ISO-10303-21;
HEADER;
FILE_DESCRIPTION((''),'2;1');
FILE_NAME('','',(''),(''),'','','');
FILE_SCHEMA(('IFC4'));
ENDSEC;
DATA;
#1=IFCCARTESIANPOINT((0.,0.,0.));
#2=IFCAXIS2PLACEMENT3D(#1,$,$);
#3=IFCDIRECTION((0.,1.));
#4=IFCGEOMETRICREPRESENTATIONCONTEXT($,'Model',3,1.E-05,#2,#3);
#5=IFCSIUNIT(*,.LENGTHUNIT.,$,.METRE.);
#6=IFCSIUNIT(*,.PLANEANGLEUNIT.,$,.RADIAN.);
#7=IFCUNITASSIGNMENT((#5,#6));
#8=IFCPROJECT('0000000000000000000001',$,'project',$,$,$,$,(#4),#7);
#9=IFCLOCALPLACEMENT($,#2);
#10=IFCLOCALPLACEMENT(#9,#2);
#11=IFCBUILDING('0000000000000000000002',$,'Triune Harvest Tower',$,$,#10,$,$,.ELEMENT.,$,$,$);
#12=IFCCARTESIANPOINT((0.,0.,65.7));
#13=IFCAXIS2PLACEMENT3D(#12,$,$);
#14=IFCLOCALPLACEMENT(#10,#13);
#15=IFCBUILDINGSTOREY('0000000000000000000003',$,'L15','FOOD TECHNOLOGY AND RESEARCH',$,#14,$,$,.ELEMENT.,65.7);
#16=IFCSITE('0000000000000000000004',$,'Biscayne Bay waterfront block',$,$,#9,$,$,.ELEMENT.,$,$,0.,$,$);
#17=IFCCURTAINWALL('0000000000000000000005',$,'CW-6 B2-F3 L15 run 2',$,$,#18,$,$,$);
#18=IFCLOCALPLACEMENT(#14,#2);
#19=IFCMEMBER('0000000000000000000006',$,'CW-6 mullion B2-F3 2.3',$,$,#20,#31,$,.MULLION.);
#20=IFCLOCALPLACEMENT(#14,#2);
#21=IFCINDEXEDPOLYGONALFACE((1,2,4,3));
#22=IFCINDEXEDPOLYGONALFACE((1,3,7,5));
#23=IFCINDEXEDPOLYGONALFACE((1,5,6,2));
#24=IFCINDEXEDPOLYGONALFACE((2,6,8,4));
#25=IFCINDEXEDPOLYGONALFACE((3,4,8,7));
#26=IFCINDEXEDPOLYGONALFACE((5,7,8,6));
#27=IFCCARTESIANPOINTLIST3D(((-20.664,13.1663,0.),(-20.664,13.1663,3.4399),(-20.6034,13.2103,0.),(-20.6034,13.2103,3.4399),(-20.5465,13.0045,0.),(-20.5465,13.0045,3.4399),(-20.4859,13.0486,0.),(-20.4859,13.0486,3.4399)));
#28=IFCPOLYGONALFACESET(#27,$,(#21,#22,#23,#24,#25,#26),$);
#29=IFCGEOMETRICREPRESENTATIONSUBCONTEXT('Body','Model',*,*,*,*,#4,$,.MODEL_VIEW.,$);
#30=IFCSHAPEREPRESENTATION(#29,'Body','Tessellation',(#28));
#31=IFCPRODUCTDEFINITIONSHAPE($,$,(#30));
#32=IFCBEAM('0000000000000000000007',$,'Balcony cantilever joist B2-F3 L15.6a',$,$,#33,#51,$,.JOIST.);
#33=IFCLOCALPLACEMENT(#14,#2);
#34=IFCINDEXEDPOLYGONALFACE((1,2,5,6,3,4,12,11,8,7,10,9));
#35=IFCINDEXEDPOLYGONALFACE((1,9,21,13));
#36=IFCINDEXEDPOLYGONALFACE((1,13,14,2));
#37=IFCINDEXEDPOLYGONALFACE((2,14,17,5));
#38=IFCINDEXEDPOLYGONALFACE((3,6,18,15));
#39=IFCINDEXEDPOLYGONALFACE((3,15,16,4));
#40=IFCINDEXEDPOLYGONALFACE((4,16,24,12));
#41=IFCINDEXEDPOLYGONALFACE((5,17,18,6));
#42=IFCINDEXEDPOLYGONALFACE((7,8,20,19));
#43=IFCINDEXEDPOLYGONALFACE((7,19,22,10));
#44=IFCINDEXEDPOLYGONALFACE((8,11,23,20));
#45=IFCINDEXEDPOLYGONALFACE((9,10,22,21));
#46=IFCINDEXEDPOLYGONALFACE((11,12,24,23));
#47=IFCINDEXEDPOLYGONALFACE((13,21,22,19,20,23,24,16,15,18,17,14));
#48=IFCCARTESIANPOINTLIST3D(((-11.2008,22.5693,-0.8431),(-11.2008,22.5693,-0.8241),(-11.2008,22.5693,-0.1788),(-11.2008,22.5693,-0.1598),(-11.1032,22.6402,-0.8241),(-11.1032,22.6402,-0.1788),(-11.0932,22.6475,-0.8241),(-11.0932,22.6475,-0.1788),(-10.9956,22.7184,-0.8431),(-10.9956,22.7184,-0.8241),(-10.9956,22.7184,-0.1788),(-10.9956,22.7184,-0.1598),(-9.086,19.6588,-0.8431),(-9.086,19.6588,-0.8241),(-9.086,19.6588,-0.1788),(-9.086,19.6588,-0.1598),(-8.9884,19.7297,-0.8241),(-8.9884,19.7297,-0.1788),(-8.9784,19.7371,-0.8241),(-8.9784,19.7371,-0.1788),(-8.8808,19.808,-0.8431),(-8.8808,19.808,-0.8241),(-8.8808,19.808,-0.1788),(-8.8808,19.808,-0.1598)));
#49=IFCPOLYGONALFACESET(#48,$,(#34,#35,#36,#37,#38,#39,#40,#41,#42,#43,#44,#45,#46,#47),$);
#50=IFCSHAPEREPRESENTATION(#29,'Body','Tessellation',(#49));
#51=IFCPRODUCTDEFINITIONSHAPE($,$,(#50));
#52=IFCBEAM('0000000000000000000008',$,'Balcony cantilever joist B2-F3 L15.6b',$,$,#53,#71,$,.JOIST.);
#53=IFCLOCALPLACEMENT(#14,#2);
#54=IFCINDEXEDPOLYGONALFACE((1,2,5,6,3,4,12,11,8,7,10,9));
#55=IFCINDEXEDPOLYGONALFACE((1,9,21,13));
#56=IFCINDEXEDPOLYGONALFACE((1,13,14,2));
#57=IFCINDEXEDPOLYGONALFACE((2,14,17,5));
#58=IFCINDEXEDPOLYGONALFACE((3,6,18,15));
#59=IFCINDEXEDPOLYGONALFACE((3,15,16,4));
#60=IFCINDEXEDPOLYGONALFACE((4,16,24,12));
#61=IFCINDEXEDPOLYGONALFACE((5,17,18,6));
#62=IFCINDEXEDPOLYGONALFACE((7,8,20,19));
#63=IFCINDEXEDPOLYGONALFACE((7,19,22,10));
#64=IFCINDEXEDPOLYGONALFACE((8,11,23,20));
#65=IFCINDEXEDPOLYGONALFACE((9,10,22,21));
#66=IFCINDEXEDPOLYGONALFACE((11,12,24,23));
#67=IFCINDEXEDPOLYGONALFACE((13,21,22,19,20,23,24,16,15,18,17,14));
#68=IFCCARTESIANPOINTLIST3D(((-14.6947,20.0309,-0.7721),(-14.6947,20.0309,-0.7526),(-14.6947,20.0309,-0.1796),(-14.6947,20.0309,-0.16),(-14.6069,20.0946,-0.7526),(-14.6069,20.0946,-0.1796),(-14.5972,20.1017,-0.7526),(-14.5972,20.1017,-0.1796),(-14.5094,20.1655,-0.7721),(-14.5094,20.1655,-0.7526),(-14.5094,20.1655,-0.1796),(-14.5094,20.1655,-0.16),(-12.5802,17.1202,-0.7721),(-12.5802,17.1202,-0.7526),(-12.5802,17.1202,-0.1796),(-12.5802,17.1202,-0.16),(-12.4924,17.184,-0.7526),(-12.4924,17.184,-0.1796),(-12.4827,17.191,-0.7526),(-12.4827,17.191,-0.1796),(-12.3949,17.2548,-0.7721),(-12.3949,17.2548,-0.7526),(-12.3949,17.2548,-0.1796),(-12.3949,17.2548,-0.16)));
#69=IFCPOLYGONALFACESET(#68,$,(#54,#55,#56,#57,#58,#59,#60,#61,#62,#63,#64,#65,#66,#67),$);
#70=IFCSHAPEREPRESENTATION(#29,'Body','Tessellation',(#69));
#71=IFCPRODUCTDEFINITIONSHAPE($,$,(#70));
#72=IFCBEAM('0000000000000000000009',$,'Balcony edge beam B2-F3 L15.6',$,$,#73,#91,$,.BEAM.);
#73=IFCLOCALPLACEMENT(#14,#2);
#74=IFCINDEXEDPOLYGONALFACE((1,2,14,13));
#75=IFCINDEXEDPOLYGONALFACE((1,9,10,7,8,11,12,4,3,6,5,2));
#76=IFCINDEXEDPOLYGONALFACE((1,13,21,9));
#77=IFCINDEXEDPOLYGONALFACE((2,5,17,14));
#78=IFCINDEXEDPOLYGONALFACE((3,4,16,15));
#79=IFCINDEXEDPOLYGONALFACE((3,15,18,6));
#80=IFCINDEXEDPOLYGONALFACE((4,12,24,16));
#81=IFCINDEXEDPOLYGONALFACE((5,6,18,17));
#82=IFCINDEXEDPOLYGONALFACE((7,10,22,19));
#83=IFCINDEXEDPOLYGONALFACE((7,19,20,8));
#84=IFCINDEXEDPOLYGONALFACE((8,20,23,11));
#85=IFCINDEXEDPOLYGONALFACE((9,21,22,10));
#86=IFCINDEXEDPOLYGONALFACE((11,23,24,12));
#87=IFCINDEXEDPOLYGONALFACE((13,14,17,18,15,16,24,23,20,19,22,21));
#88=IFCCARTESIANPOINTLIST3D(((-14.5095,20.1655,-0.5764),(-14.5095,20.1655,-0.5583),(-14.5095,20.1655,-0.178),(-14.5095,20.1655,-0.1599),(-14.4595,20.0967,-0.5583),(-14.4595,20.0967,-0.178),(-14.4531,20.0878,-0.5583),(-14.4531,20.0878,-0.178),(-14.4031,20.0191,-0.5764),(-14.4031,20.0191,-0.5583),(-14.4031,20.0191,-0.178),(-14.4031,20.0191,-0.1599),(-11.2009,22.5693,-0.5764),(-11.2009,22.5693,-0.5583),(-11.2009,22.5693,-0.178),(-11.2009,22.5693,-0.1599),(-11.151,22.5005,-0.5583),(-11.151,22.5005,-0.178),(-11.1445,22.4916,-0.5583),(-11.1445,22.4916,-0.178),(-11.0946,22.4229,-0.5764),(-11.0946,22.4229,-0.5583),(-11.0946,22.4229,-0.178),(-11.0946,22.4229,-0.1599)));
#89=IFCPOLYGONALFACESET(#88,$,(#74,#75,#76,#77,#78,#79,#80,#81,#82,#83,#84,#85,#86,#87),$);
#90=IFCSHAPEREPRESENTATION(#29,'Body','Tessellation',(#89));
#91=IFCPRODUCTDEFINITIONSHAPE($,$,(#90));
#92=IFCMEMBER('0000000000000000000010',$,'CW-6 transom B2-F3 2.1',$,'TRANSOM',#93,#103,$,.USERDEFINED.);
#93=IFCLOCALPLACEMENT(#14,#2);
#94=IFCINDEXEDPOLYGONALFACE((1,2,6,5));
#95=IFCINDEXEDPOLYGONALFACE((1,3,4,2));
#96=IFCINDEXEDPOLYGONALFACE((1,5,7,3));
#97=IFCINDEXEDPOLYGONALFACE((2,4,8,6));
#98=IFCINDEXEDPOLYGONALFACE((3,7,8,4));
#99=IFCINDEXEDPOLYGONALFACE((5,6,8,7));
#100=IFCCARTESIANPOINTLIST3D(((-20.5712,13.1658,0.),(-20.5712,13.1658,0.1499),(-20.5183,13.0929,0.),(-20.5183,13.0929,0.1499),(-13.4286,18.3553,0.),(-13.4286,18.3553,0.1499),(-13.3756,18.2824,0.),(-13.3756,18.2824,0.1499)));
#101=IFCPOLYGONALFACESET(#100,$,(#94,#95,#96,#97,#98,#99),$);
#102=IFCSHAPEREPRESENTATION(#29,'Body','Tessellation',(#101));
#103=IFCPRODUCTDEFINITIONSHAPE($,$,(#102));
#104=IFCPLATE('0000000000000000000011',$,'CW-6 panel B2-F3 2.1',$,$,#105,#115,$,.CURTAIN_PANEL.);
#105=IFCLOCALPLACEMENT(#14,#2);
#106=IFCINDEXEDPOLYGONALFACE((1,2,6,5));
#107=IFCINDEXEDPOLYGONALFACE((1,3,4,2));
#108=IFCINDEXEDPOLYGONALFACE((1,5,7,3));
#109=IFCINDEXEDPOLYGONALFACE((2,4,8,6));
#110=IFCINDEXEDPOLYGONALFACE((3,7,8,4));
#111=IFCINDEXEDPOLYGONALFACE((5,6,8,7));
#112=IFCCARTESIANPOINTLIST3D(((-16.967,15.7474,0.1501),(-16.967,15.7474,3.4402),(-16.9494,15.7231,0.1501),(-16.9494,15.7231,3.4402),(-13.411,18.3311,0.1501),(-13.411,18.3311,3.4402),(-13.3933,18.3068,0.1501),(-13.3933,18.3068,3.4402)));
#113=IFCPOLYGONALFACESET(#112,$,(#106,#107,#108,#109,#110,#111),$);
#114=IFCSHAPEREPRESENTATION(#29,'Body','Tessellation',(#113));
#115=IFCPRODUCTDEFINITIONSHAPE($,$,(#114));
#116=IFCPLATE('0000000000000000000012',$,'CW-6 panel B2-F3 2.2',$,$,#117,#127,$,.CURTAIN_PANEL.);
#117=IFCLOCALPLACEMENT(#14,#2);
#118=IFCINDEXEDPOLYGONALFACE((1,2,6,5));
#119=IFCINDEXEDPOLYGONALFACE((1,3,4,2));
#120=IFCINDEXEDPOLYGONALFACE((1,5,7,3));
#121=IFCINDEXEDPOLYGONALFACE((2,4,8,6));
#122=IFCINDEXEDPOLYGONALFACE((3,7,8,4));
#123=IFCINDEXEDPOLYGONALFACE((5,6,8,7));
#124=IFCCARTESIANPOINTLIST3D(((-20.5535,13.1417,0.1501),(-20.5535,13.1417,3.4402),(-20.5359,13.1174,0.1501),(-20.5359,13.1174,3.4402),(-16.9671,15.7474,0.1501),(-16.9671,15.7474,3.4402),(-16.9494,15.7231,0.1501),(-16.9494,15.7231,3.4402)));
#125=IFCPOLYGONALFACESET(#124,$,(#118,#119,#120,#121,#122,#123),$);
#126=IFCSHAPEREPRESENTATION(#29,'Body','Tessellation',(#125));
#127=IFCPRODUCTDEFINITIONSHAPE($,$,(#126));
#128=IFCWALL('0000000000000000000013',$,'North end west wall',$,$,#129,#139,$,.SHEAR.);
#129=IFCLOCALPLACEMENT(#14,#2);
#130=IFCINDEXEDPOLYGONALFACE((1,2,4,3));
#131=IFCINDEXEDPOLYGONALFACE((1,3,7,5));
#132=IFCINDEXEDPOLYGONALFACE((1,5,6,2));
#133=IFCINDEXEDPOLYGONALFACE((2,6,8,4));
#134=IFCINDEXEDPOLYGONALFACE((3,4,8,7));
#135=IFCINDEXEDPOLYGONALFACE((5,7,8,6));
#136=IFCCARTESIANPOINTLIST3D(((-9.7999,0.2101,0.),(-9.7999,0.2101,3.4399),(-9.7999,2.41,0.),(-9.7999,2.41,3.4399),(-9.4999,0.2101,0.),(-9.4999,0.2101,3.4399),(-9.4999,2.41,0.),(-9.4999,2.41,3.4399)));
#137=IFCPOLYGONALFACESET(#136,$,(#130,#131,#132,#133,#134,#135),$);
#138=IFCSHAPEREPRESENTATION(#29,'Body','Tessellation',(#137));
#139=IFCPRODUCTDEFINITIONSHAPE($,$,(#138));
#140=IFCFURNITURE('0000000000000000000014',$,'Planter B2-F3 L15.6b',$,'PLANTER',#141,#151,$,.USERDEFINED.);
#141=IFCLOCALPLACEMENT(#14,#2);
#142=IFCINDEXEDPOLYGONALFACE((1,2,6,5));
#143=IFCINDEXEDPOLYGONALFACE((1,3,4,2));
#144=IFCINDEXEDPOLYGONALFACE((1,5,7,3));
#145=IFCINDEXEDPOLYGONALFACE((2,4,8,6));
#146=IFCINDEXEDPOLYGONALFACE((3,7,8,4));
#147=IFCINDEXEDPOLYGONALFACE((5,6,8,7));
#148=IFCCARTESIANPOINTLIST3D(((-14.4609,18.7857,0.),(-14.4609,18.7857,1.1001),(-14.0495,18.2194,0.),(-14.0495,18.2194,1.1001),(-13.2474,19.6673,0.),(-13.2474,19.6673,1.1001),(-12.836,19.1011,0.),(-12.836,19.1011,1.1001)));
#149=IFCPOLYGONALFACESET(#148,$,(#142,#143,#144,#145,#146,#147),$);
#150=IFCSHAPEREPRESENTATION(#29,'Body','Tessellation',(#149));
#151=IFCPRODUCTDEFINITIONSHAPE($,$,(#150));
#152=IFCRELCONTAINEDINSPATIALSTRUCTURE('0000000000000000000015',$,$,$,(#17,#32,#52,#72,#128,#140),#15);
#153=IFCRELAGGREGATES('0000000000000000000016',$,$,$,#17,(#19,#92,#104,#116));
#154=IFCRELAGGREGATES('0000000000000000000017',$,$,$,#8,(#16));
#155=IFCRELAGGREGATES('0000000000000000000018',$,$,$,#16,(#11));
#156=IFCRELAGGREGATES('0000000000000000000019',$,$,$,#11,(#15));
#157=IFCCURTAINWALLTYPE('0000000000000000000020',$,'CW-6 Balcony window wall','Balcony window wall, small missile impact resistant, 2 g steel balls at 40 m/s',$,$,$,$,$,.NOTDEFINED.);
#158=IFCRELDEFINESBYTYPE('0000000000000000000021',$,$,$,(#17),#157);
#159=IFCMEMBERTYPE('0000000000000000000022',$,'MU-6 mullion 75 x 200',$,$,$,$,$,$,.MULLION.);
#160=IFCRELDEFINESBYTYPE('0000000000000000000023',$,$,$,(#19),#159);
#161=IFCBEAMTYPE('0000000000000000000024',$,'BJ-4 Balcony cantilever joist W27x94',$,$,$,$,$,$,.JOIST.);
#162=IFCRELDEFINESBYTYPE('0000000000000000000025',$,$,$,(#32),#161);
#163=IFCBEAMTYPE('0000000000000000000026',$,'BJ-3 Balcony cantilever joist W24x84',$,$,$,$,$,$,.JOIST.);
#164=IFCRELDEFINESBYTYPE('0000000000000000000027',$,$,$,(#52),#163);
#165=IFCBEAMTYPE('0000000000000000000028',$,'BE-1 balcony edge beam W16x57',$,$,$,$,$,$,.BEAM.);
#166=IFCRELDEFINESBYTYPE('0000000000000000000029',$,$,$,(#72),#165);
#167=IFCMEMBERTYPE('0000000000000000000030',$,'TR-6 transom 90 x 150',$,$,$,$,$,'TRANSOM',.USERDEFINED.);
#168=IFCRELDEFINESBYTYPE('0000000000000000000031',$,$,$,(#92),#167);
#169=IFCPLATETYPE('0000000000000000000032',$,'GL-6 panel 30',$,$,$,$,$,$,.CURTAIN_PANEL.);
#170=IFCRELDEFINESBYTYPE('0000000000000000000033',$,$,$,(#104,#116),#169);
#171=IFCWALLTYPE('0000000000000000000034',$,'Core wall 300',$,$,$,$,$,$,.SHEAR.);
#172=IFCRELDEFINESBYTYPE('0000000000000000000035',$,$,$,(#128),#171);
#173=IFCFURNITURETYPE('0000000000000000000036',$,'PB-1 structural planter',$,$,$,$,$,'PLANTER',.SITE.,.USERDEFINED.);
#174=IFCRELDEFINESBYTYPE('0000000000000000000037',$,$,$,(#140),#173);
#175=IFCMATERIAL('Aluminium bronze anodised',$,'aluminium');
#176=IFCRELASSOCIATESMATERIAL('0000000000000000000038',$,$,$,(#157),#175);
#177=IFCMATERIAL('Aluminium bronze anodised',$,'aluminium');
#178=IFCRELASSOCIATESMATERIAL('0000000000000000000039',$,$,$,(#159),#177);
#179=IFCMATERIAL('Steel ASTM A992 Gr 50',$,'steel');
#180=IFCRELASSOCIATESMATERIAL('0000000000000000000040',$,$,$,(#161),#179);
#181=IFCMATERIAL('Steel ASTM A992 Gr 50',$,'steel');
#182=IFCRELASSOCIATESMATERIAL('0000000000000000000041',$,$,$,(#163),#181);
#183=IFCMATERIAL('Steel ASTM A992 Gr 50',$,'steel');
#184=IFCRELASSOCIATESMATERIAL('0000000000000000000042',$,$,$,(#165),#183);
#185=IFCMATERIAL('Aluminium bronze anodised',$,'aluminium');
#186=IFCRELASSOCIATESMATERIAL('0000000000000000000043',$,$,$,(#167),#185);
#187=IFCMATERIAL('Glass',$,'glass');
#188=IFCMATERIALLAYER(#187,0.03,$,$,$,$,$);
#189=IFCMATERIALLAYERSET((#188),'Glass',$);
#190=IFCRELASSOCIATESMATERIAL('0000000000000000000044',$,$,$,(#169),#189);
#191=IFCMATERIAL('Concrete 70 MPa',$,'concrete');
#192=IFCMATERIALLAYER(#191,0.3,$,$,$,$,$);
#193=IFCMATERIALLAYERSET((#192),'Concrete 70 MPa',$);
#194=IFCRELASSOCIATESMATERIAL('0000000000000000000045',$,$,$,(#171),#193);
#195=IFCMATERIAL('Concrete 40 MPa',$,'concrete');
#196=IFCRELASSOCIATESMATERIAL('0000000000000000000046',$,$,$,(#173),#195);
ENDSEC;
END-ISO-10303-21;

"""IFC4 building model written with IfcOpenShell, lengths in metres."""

from ifc_helpers import new_model, si_unit, direction, frame, frame_2d, origin, origin_2d, place, context, subcontext, project, spatial, rectangle, i_section, extrude, source, transform, mapped, material, layer, layer_set, material_profile, profile_set, type_object, element, aggregate, save


model = new_model("IFC4")

# Units and contexts
model_context = context("Model", 3, precision=1e-05, world=origin(), true_north=direction((0.0, 1.0)))
body_context = subcontext(model_context, "Body", "Model", "MODEL_VIEW")
ifc_project = project(units=[si_unit("LENGTHUNIT", "METRE"), si_unit("PLANEANGLEUNIT", "RADIAN")], contexts=[model_context])

# Site, building, storey
site_placement = place(None, origin())
site = spatial("IfcSite", under=ifc_project, at=site_placement, Name="Biscayne Bay waterfront block", CompositionType="ELEMENT", RefElevation=0.0)
building_placement = place(site_placement, origin())
building = spatial("IfcBuilding", under=site, at=building_placement, Name="Triune Harvest Tower", CompositionType="ELEMENT")
storey_placement = place(building_placement, frame((0.0, 0.0, 65.7)))
storey = spatial("IfcBuildingStorey", under=building, at=storey_placement, Name="L15", Description="FOOD TECHNOLOGY AND RESEARCH", CompositionType="ELEMENT", Elevation=65.7)

# Shared definitions
ifc_material_1 = material(Name="Aluminium bronze anodised", Category="aluminium")
curtain_wall_type = type_object("IfcCurtainWallType", Name="CW-6 Balcony window wall", Description="Balcony window wall, small missile impact resistant, 2 g steel balls at 40 m/s", PredefinedType="NOTDEFINED", material=ifc_material_1)
ifc_material_2 = material(Name="Aluminium bronze anodised", Category="aluminium")
ifc_material_profile_1 = material_profile(ifc_material_2, rectangle(XDim=0.2, YDim=0.075, at=origin_2d()), Name="MU-6 mullion 75 x 200")
ifc_profile_set_1 = profile_set([ifc_material_profile_1], Name="Aluminium bronze anodised")
member_type_1 = type_object("IfcMemberType", Name="MU-6 mullion 75 x 200", PredefinedType="MULLION", material=ifc_profile_set_1)
shared_shape_1 = source(origin(), body_context, "Body", "SweptSolid", [
    extrude(rectangle(XDim=0.2, YDim=0.075, at=origin_2d()), origin(), (0.0, 0.0, 1.0), 3.4399),
])

# Curtain wall, member
curtain_wall_1_placement = place(storey_placement, origin())
curtain_wall_1 = element("IfcCurtainWall", 1, at=curtain_wall_1_placement, inside=storey, type_object=curtain_wall_type, Name="CW-6 B2-F3 L15 run 2")
member_1_placement = place(storey_placement, frame((-20.575, 13.1074, 0.0), z_axis=(0.0, 0.0, 1.0), x_axis=(0.587785, -0.809017, 0.0)))
member_1 = element("IfcMember", 2, at=member_1_placement, type_object=member_type_1, Name="CW-6 mullion B2-F3 2.3", PredefinedType="MULLION", context=body_context, shape_type="MappedRepresentation", body=[
    mapped(shared_shape_1, transform((0.0, 0.0, 0.0), scale=1.0)),
])

# Beams
ifc_material_3 = material(Name="Steel ASTM A992 Gr 50", Category="steel")
ifc_material_profile_2 = material_profile(ifc_material_3, i_section(OverallWidth=0.2537, OverallDepth=0.6833, WebThickness=0.0125, FlangeThickness=0.019, at=origin_2d()), Name="W27x94")
ifc_profile_set_2 = profile_set([ifc_material_profile_2], Name="Steel ASTM A992 Gr 50")
beam_type_1 = type_object("IfcBeamType", Name="BJ-4 Balcony cantilever joist W27x94", PredefinedType="JOIST", material=ifc_profile_set_2)
shared_shape_2 = source(origin(), body_context, "Body", "SweptSolid", [
    extrude(i_section(OverallWidth=0.2537, OverallDepth=0.6833, WebThickness=0.0125, FlangeThickness=0.019, at=origin_2d()), origin(), (0.0, 0.0, 1.0), 3.5977),
])
beam_1_placement = place(storey_placement, frame((-8.9834, 19.7334, -0.5015), z_axis=(-0.587825, 0.808988, 0.0), x_axis=(-0.808988, -0.587825, 0.0)))
element("IfcBeam", 3, at=beam_1_placement, inside=storey, type_object=beam_type_1, Name="Balcony cantilever joist B2-F3 L15.6a", PredefinedType="JOIST", context=body_context, shape_type="MappedRepresentation", body=[
    mapped(shared_shape_2, transform((0.0, 0.0, 0.0), scale=1.0)),
])
ifc_material_4 = material(Name="Steel ASTM A992 Gr 50", Category="steel")
ifc_material_profile_3 = material_profile(ifc_material_4, i_section(OverallWidth=0.229, OverallDepth=0.6121, WebThickness=0.012, FlangeThickness=0.0195, at=origin_2d()), Name="W24x84")
ifc_profile_set_3 = profile_set([ifc_material_profile_3], Name="Steel ASTM A992 Gr 50")
beam_type_2 = type_object("IfcBeamType", Name="BJ-3 Balcony cantilever joist W24x84", PredefinedType="JOIST", material=ifc_profile_set_3)
shared_shape_3 = source(origin(), body_context, "Body", "SweptSolid", [
    extrude(i_section(OverallWidth=0.229, OverallDepth=0.6121, WebThickness=0.012, FlangeThickness=0.0195, at=origin_2d()), origin(), (0.0, 0.0, 1.0), 3.5977),
])
beam_2_placement = place(storey_placement, frame((-12.4875, 17.1875, -0.4661), z_axis=(-0.587748, 0.809044, 0.0), x_axis=(-0.809044, -0.587748, 0.0)))
element("IfcBeam", 4, at=beam_2_placement, inside=storey, type_object=beam_type_2, Name="Balcony cantilever joist B2-F3 L15.6b", PredefinedType="JOIST", context=body_context, shape_type="MappedRepresentation", body=[
    mapped(shared_shape_3, transform((0.0, 0.0, 0.0), scale=1.0)),
])
ifc_material_5 = material(Name="Steel ASTM A992 Gr 50", Category="steel")
ifc_material_profile_4 = material_profile(ifc_material_5, i_section(OverallWidth=0.1809, OverallDepth=0.4165, WebThickness=0.011, FlangeThickness=0.0181, at=origin_2d()), Name="W16x57")
ifc_profile_set_4 = profile_set([ifc_material_profile_4], Name="Steel ASTM A992 Gr 50")
beam_type_3 = type_object("IfcBeamType", Name="BE-1 balcony edge beam W16x57", PredefinedType="BEAM", material=ifc_profile_set_4)
shared_shape_4 = source(origin(), body_context, "Body", "SweptSolid", [
    extrude(i_section(OverallWidth=0.1809, OverallDepth=0.4165, WebThickness=0.011, FlangeThickness=0.0181, at=origin_2d()), origin(), (0.0, 0.0, 1.0), 4.0896),
])
beam_3_placement = place(storey_placement, frame((-14.4563, 20.0923, -0.3682), z_axis=(0.80902, 0.587781, 0.0), x_axis=(-0.587781, 0.80902, 0.0)))
element("IfcBeam", 5, at=beam_3_placement, inside=storey, type_object=beam_type_3, Name="Balcony edge beam B2-F3 L15.6", PredefinedType="BEAM", context=body_context, shape_type="MappedRepresentation", body=[
    mapped(shared_shape_4, transform((0.0, 0.0, 0.0), scale=1.0)),
])

# Member
ifc_material_6 = material(Name="Aluminium bronze anodised", Category="aluminium")
ifc_material_profile_5 = material_profile(ifc_material_6, rectangle(XDim=0.0901, YDim=0.1499, at=origin_2d()), Name="TR-6 transom 90 x 150")
ifc_profile_set_5 = profile_set([ifc_material_profile_5], Name="Aluminium bronze anodised")
member_type_2 = type_object("IfcMemberType", Name="TR-6 transom 90 x 150", ElementType="TRANSOM", PredefinedType="USERDEFINED", material=ifc_profile_set_5)
shared_shape_5 = source(origin(), body_context, "Body", "SweptSolid", [
    extrude(rectangle(XDim=0.0901, YDim=0.1499, at=origin_2d()), origin(), (0.0, 0.0, 1.0), 8.8289),
])
member_2_placement = place(storey_placement, frame((-13.4021, 18.3188, 0.075), z_axis=(-0.809013, -0.58779, 0.0), x_axis=(0.58779, -0.809013, 0.0)))
member_2 = element("IfcMember", 6, at=member_2_placement, type_object=member_type_2, Name="CW-6 transom B2-F3 2.1", ObjectType="TRANSOM", PredefinedType="USERDEFINED", context=body_context, shape_type="MappedRepresentation", body=[
    mapped(shared_shape_5, transform((0.0, 0.0, 0.0), scale=1.0)),
])

# Plates
ifc_material_7 = material(Name="Glass", Category="glass")
ifc_layer_1 = layer(ifc_material_7, 0.03)
ifc_layer_set_1 = layer_set([ifc_layer_1], Name="Glass")
plate_type = type_object("IfcPlateType", Name="GL-6 panel 30", PredefinedType="CURTAIN_PANEL", material=ifc_layer_set_1)
shared_shape_6 = source(origin(), body_context, "Body", "SweptSolid", [
    extrude(rectangle(XDim=4.3955, YDim=0.03, at=origin_2d()), origin(), (0.0, 0.0, 1.0), 3.29),
])
plate_1_placement = place(storey_placement, frame((-15.1802, 17.0271, 0.1501), z_axis=(0.0, 0.0, 1.0), x_axis=(-0.809017, -0.587785, 0.0)))
plate_1 = element("IfcPlate", 7, at=plate_1_placement, type_object=plate_type, Name="CW-6 panel B2-F3 2.1", PredefinedType="CURTAIN_PANEL", context=body_context, shape_type="MappedRepresentation", body=[
    mapped(shared_shape_6, transform((0.0, 0.0, 0.0), scale=1.0)),
])
shared_shape_7 = source(origin(), body_context, "Body", "SweptSolid", [
    extrude(rectangle(XDim=4.4331, YDim=0.03, at=origin_2d()), origin(), (0.0, 0.0, 1.0), 3.29),
])
plate_2_placement = place(storey_placement, frame((-18.7515, 14.4324, 0.1501), z_axis=(0.0, 0.0, 1.0), x_axis=(-0.809017, -0.587785, 0.0)))
plate_2 = element("IfcPlate", 8, at=plate_2_placement, type_object=plate_type, Name="CW-6 panel B2-F3 2.2", PredefinedType="CURTAIN_PANEL", context=body_context, shape_type="MappedRepresentation", body=[
    mapped(shared_shape_7, transform((0.0, 0.0, 0.0), scale=1.0)),
])
aggregate(curtain_wall_1, [member_1, member_2, plate_1, plate_2])

# Wall
ifc_material_8 = material(Name="Concrete 70 MPa", Category="concrete")
ifc_layer_2 = layer(ifc_material_8, 0.3)
ifc_layer_set_2 = layer_set([ifc_layer_2], Name="Concrete 70 MPa")
wall_type_1 = type_object("IfcWallType", Name="Core wall 300", PredefinedType="SHEAR", material=ifc_layer_set_2)
shared_shape_8 = source(origin(), body_context, "Body", "SweptSolid", [
    extrude(rectangle(XDim=2.2, YDim=0.3, at=frame_2d((1.1001, 0.0))), origin(), (0.0, 0.0, 1.0), 3.4399),
])
wall_1_placement = place(storey_placement, frame((-9.6499, 0.21, 0.0), z_axis=(0.0, 0.0, 1.0), x_axis=(0.0, 1.0, 0.0)))
element("IfcWall", 9, at=wall_1_placement, inside=storey, type_object=wall_type_1, Name="North end west wall", PredefinedType="SHEAR", context=body_context, shape_type="MappedRepresentation", body=[
    mapped(shared_shape_8, transform((0.0, 0.0, 0.0), scale=1.0)),
])

# Furniture
ifc_material_9 = material(Name="Concrete 40 MPa", Category="concrete")
furniture_type = type_object("IfcFurnitureType", Name="PB-1 structural planter", ElementType="PLANTER", AssemblyPlace="SITE", PredefinedType="USERDEFINED", material=ifc_material_9)
shared_shape_9 = source(origin(), body_context, "Body", "SweptSolid", [
    extrude(rectangle(XDim=1.5, YDim=0.7, at=origin_2d()), origin(), (0.0, 0.0, 1.0), 1.1001),
])
furniture_placement = place(storey_placement, frame((-13.6484, 18.9434, 0.0), z_axis=(0.0, 0.0, 1.0), x_axis=(-0.809017, -0.587785, 0.0)))
element("IfcFurniture", 10, at=furniture_placement, inside=storey, type_object=furniture_type, Name="Planter B2-F3 L15.6b", ObjectType="PLANTER", PredefinedType="USERDEFINED", context=body_context, shape_type="MappedRepresentation", body=[
    mapped(shared_shape_9, transform((0.0, 0.0, 0.0), scale=1.0)),
])

save(model, "model.ifc")
